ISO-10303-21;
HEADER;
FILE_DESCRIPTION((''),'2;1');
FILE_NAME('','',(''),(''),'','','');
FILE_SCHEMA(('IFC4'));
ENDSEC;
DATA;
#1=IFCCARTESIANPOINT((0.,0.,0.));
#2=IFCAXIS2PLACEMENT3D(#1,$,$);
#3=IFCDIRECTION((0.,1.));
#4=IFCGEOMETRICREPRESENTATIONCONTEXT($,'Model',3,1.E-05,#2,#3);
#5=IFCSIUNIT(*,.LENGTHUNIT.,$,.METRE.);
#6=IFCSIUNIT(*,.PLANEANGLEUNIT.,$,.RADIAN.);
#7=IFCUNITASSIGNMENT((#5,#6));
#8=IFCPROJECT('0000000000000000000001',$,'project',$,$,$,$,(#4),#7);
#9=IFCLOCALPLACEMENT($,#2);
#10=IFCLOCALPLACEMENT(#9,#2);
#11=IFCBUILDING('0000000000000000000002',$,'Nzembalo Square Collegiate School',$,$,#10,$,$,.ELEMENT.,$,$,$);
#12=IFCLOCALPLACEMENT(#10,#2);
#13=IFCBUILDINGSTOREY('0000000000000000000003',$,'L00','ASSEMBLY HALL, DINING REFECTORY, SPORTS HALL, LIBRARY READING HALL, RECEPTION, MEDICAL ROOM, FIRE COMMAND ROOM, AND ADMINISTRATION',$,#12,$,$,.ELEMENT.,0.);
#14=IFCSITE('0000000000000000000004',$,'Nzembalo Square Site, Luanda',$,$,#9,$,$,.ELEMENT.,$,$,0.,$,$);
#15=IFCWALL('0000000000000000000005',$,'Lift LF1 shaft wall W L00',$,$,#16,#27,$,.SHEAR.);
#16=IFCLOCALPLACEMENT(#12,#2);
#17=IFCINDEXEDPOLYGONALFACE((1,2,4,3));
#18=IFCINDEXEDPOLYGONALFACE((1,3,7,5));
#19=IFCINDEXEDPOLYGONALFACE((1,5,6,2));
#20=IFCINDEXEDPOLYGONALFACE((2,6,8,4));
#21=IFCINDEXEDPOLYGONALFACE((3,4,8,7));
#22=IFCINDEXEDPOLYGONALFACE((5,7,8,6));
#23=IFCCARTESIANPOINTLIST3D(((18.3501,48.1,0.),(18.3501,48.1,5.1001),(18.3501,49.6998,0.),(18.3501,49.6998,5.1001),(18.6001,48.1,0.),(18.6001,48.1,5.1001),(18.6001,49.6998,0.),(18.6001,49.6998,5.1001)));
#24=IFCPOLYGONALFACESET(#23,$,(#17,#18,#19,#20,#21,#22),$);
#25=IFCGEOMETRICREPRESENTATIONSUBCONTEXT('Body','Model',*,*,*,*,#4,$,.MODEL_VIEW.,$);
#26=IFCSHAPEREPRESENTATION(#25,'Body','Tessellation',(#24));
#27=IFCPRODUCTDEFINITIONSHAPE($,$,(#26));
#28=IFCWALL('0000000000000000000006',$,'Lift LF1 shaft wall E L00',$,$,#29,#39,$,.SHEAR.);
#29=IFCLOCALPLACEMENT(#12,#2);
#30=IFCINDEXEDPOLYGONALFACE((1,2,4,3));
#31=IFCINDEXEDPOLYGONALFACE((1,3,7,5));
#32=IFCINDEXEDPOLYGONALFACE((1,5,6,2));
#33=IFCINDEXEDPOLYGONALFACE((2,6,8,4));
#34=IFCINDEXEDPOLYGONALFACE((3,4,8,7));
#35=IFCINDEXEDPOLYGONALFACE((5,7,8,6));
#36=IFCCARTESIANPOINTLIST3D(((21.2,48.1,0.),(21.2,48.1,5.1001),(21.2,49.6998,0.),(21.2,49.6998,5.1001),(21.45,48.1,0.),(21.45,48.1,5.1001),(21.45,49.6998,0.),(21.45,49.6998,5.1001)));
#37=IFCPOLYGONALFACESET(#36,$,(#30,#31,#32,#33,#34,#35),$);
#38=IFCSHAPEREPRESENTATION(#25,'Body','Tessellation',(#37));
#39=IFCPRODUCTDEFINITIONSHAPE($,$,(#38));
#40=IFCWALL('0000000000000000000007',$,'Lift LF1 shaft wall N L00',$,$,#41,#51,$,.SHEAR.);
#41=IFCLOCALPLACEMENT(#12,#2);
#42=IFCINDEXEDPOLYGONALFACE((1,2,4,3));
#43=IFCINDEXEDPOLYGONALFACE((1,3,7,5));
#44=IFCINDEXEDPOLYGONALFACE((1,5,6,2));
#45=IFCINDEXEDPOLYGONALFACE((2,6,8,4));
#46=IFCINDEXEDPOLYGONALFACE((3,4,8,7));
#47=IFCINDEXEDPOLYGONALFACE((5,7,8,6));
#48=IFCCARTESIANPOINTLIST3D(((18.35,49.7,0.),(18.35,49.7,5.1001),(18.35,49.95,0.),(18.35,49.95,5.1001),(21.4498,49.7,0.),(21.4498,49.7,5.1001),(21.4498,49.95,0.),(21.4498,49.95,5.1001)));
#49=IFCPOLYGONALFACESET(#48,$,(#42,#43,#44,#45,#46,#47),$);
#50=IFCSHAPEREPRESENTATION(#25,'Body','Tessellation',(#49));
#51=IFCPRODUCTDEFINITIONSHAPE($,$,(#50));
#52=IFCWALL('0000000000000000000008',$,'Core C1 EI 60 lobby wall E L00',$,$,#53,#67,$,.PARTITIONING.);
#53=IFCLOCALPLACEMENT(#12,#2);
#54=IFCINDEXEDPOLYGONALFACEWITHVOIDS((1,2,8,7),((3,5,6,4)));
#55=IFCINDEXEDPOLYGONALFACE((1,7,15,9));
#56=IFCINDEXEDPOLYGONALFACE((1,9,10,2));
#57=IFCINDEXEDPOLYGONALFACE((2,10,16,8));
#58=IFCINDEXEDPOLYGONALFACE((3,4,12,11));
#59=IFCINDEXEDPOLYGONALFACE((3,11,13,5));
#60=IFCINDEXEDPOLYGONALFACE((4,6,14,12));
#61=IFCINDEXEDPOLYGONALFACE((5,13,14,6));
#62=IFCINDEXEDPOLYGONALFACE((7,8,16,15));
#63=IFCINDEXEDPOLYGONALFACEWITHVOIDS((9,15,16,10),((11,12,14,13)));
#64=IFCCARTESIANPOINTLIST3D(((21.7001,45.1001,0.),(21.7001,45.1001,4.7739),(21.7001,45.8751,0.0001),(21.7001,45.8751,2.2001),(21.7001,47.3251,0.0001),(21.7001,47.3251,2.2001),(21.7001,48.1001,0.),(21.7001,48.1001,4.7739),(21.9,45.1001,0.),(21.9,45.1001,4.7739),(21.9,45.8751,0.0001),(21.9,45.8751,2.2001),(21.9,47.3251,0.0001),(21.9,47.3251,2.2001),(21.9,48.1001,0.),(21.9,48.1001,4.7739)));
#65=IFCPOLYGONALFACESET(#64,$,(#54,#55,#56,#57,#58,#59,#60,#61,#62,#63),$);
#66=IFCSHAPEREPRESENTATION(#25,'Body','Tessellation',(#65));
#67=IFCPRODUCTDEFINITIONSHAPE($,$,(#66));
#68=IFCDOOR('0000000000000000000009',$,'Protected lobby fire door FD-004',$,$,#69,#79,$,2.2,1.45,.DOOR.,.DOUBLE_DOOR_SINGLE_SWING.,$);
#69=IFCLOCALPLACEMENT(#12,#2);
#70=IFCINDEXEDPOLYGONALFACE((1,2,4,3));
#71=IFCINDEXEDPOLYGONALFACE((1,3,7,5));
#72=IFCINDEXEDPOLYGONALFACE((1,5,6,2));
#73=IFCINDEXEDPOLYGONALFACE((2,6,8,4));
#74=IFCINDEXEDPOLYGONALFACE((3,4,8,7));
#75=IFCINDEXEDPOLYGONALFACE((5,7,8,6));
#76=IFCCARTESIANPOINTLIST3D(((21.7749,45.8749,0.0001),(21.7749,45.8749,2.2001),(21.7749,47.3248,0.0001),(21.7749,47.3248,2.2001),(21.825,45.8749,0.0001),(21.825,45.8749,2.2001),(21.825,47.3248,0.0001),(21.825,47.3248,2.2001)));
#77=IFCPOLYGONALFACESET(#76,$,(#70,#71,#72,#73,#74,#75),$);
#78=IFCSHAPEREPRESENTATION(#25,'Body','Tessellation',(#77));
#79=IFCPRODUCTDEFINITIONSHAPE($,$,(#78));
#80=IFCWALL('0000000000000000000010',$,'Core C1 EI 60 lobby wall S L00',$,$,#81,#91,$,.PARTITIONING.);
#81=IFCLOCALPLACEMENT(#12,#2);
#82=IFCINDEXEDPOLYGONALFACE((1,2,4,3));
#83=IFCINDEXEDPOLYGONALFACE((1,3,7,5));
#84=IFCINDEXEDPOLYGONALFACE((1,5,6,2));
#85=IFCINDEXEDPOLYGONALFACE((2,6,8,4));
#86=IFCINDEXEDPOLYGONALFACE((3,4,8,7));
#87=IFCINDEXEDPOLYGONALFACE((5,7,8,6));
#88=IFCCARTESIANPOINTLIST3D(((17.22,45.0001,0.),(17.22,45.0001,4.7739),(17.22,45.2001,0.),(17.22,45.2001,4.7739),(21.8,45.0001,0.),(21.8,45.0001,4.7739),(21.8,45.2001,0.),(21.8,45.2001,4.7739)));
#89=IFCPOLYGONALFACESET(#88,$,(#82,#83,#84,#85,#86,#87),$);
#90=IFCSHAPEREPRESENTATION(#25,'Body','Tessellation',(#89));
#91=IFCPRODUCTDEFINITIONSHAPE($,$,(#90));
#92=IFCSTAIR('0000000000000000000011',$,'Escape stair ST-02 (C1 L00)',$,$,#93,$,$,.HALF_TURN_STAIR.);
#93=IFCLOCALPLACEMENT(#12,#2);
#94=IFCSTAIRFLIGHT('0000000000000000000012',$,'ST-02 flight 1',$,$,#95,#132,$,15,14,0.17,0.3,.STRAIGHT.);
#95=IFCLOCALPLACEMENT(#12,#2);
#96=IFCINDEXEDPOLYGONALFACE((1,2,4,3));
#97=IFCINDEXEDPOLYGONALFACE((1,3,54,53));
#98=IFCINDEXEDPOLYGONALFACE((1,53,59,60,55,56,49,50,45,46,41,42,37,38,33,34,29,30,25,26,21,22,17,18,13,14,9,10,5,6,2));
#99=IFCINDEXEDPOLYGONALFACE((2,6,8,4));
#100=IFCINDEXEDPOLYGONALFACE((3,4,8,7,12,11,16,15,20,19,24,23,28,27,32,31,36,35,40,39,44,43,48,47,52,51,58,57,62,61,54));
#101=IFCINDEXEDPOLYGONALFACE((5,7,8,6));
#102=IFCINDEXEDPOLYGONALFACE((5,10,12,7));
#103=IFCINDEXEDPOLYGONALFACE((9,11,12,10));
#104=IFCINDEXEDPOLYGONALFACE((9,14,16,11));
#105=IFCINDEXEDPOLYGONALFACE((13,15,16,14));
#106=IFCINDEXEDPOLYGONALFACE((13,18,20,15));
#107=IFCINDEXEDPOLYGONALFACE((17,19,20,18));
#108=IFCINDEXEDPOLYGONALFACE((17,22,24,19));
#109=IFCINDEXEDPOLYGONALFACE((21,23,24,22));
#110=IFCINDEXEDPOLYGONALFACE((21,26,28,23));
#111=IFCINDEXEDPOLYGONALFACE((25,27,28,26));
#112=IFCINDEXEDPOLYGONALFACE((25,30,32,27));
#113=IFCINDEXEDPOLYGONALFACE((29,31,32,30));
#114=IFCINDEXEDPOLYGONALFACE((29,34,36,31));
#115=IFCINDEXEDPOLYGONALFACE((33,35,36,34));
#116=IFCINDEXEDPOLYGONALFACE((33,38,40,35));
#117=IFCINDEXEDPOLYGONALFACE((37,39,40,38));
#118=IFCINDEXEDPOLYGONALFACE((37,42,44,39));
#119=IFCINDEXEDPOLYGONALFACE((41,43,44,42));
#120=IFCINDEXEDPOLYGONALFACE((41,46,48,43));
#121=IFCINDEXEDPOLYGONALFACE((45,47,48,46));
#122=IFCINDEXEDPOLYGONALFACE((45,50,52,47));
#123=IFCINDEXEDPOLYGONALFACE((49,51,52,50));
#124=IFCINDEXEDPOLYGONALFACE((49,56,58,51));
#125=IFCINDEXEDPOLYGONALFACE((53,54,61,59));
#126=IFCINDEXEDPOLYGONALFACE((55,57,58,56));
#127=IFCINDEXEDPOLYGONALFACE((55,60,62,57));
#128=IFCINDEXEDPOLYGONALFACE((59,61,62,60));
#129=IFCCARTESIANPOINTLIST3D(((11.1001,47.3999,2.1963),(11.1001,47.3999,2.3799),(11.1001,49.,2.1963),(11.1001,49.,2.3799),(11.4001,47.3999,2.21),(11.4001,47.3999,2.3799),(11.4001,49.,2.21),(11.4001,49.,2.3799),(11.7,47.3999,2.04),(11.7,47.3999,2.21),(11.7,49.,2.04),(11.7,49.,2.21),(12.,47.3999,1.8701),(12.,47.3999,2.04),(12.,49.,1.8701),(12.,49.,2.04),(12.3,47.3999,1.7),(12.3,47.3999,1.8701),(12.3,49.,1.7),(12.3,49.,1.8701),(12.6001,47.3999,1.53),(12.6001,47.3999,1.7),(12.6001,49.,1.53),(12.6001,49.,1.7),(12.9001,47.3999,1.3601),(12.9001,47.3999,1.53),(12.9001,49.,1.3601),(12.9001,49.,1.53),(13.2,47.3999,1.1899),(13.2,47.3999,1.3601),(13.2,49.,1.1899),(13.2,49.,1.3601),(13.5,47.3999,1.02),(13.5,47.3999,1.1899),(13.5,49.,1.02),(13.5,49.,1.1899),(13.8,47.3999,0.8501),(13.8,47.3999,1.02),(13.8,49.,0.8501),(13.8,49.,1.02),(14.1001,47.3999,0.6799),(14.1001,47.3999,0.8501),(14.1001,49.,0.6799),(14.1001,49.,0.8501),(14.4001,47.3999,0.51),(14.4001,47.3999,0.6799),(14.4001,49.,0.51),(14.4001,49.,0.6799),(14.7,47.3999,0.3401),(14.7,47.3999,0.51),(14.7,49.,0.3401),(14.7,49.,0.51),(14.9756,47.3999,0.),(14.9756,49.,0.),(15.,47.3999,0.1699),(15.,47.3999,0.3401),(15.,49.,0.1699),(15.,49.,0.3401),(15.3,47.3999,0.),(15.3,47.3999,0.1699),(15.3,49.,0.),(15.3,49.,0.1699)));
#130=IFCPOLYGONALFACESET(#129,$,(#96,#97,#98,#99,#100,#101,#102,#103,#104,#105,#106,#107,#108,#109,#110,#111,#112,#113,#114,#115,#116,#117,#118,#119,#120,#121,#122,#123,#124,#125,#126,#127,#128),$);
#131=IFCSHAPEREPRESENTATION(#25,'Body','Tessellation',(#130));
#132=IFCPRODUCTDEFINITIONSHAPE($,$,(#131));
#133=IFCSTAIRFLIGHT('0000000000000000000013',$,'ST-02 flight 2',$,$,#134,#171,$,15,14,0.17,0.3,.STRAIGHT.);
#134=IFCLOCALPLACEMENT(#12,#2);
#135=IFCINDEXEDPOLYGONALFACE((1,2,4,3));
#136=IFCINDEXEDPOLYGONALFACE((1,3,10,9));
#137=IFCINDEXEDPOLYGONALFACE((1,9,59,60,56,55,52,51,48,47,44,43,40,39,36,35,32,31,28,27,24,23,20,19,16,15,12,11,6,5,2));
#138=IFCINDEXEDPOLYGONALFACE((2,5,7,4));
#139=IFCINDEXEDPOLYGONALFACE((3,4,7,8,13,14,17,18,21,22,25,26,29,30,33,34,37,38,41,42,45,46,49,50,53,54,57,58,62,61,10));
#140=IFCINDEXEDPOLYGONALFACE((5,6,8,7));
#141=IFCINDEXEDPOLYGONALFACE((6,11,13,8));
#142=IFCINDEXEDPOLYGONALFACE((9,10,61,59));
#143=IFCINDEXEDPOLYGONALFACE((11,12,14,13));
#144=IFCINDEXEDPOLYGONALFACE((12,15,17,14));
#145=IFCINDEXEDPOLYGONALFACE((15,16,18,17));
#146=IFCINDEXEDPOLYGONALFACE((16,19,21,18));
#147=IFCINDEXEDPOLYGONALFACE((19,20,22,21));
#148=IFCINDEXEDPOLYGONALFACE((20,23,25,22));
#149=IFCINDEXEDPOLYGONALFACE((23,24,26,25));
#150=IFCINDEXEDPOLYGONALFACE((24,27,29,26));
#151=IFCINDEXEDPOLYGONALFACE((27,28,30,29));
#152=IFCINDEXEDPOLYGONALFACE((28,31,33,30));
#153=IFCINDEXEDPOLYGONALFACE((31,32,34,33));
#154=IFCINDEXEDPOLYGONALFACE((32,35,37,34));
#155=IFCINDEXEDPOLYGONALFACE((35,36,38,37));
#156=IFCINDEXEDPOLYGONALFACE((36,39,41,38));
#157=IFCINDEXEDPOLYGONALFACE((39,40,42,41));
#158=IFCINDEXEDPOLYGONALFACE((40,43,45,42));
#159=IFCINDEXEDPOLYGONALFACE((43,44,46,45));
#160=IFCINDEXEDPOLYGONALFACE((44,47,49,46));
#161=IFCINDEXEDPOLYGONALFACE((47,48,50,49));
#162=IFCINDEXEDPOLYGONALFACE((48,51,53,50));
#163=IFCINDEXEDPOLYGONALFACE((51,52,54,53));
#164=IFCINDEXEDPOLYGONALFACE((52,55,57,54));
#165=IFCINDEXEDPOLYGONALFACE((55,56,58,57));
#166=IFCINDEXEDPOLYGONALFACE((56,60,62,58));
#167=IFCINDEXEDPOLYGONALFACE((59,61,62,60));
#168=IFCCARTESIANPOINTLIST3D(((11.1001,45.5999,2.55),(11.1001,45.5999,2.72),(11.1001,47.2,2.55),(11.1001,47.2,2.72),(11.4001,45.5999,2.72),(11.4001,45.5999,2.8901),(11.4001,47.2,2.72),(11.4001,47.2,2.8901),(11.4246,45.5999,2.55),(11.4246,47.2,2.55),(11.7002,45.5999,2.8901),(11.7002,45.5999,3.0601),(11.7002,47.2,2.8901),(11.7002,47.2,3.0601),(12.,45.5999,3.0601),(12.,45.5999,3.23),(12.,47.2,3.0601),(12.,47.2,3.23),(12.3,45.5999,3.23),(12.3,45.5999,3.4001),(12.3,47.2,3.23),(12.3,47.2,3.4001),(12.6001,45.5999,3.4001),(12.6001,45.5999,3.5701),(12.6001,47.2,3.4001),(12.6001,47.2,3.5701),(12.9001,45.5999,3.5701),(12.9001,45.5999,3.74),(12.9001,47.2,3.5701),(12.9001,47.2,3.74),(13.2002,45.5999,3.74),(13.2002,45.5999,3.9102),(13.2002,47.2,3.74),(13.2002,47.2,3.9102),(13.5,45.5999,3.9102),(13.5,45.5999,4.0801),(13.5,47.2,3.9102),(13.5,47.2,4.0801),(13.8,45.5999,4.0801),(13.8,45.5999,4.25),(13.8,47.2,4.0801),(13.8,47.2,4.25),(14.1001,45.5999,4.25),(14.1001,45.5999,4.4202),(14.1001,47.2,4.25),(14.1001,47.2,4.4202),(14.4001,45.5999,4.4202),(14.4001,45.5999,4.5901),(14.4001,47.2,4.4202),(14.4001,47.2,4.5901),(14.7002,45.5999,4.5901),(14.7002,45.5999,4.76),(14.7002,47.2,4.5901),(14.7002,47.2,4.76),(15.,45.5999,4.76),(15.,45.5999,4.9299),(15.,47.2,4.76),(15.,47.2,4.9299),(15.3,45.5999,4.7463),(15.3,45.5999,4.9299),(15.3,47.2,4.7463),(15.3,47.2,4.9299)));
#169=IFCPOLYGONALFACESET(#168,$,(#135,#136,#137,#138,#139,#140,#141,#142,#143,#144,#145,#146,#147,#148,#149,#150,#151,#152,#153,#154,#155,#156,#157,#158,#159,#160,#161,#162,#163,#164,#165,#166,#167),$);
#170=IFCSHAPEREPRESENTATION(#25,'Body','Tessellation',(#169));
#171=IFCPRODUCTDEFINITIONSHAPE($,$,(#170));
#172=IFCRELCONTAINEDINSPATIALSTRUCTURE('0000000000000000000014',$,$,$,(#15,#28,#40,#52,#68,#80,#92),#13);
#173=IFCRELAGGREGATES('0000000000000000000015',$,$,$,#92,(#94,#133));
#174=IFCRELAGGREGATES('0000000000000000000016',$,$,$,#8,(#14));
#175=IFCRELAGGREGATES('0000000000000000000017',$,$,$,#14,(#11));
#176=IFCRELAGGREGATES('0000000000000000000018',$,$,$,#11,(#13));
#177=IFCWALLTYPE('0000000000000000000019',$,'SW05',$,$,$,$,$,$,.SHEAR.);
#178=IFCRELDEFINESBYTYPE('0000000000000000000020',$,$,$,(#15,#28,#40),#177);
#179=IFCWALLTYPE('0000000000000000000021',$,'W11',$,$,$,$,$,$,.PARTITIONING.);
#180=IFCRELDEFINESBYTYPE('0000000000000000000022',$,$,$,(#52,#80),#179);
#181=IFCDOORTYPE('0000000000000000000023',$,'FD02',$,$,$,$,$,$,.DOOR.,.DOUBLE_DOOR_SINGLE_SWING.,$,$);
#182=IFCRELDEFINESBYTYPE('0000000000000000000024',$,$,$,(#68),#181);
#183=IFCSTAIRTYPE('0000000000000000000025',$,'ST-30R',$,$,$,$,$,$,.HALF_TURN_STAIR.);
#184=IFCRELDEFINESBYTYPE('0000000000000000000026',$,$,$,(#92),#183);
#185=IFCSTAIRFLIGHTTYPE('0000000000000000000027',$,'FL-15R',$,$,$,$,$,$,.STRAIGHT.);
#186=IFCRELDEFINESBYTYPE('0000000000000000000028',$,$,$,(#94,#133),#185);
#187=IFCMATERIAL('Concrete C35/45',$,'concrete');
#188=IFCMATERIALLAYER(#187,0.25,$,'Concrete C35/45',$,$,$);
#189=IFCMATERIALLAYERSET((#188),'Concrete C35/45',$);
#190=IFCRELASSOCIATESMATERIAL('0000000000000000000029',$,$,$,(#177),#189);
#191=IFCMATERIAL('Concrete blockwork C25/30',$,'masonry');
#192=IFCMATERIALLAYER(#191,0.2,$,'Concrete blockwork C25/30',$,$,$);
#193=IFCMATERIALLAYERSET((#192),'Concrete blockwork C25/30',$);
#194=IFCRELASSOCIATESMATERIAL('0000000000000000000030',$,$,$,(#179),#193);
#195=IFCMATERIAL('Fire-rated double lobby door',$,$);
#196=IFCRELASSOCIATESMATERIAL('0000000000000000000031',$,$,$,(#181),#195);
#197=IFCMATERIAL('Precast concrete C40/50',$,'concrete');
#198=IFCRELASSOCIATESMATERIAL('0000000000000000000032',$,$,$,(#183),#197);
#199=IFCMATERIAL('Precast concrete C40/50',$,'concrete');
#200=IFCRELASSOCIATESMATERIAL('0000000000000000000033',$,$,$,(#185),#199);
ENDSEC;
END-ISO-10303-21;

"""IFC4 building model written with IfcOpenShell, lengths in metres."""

from ifc_helpers import new_model, si_unit, direction, frame, frame_2d, origin, place, context, subcontext, project, spatial, polyline, rectangle, outline, extrude, material, layer, layer_set, type_object, element, fill, aggregate, save


model = new_model("IFC4")

# Units and contexts
model_context = context("Model", 3, precision=1e-05, world=origin(), true_north=direction((0.0, 1.0)))
body_context = subcontext(model_context, "Body", "Model", "MODEL_VIEW")
ifc_project = project(units=[si_unit("LENGTHUNIT", "METRE"), si_unit("PLANEANGLEUNIT", "RADIAN")], contexts=[model_context])

# Site, building, storey
site_placement = place(None, origin())
site = spatial("IfcSite", under=ifc_project, at=site_placement, Name="Nzembalo Square Site, Luanda", CompositionType="ELEMENT", RefElevation=0.0)
building_placement = place(site_placement, origin())
building = spatial("IfcBuilding", under=site, at=building_placement, Name="Nzembalo Square Collegiate School", CompositionType="ELEMENT")
storey_placement = place(building_placement, origin())
storey = spatial("IfcBuildingStorey", under=building, at=storey_placement, Name="L00", Description="ASSEMBLY HALL, DINING REFECTORY, SPORTS HALL, LIBRARY READING HALL, RECEPTION, MEDICAL ROOM, FIRE COMMAND ROOM, AND ADMINISTRATION", CompositionType="ELEMENT", Elevation=0.0)

# Walls
ifc_material_1 = material(Name="Concrete C35/45", Category="concrete")
ifc_layer_1 = layer(ifc_material_1, 0.25, Name="Concrete C35/45")
ifc_layer_set_1 = layer_set([ifc_layer_1], Name="Concrete C35/45")
wall_type_1 = type_object("IfcWallType", Name="SW05", PredefinedType="SHEAR", material=ifc_layer_set_1)
for number, where, z_axis, x_axis, name in (
    (1, (18.4751, 48.1001, 0.0), (0.0, 0.0, 1.0), (0.0, 1.0, 0.0), "Lift LF1 shaft wall W L00"),
    (2, (21.325, 48.1001, 0.0), (0.0, 0.0, 1.0), (0.0, 1.0, 0.0), "Lift LF1 shaft wall E L00"),
):
    element("IfcWall", number, at=place(storey_placement, frame(where, z_axis=z_axis, x_axis=x_axis)), inside=storey, type_object=wall_type_1, Name=name, PredefinedType="SHEAR", context=body_context, shape_type="SweptSolid", body=[
        extrude(rectangle(XDim=1.5999, YDim=0.25, at=frame_2d((0.7998, 0.0))), origin(), (0.0, 0.0, 1.0), 5.1001),
    ])
wall_1_placement = place(storey_placement, frame((18.3501, 49.825, 0.0), z_axis=(0.0, 0.0, 1.0), x_axis=(1.0, 0.0, 0.0)))
element("IfcWall", 3, at=wall_1_placement, inside=storey, type_object=wall_type_1, Name="Lift LF1 shaft wall N L00", PredefinedType="SHEAR", context=body_context, shape_type="SweptSolid", body=[
    extrude(rectangle(XDim=3.0999, YDim=0.25, at=frame_2d((1.5498, 0.0))), origin(), (0.0, 0.0, 1.0), 5.1001),
])

# Wall, opening, door
ifc_material_2 = material(Name="Concrete blockwork C25/30", Category="masonry")
ifc_layer_2 = layer(ifc_material_2, 0.2, Name="Concrete blockwork C25/30")
ifc_layer_set_2 = layer_set([ifc_layer_2], Name="Concrete blockwork C25/30")
wall_type_2 = type_object("IfcWallType", Name="W11", PredefinedType="PARTITIONING", material=ifc_layer_set_2)
wall_2_placement = place(storey_placement, frame((21.8, 45.1001, 0.0), z_axis=(0.0, 0.0, 1.0), x_axis=(0.0, 1.0, 0.0)))
wall_2 = element("IfcWall", 4, at=wall_2_placement, inside=storey, type_object=wall_type_2, Name="Core C1 EI 60 lobby wall E L00", PredefinedType="PARTITIONING", context=body_context, shape_type="SweptSolid", body=[
    extrude(rectangle(XDim=3.0, YDim=0.2, at=frame_2d((1.5, 0.0))), origin(), (0.0, 0.0, 1.0), 4.7739),
])
opening_1_placement = place(wall_2_placement, frame((0.7749, 0.0, 0.0)))
opening_1 = element("IfcOpeningElement", 5, at=opening_1_placement, cuts=wall_2, PredefinedType="OPENING", context=body_context, shape_type="SweptSolid", body=[
    extrude(rectangle(XDim=1.45, YDim=2.2, at=frame_2d((0.7251, 1.1001))), frame((0.0, 0.1099, 0.0), z_axis=(0.0, -1.0, 0.0), x_axis=(1.0, 0.0, 0.0)), (0.0, 0.0, 1.0), 0.22),
])
ifc_material_3 = material(Name="Fire-rated double lobby door")
door_type_1 = type_object("IfcDoorType", Name="FD02", OperationType="DOUBLE_DOOR_SINGLE_SWING", PredefinedType="DOOR", material=ifc_material_3)
door_1_placement = place(opening_1_placement, frame((1.45, 0.0, 0.0), z_axis=(0.0, 0.0, 1.0), x_axis=(-1.0, 0.0, 0.0)))
door_1 = element("IfcDoor", 6, at=door_1_placement, inside=storey, type_object=door_type_1, Name="Protected lobby fire door FD-004", OperationType="DOUBLE_DOOR_SINGLE_SWING", OverallHeight=2.2, OverallWidth=1.45, PredefinedType="DOOR", context=body_context, shape_type="SweptSolid", body=[
    extrude(rectangle(XDim=1.45, YDim=2.2, at=frame_2d((0.7251, 1.1001))), frame((0.0, 0.0249, 0.0), z_axis=(0.0, -1.0, 0.0), x_axis=(1.0, 0.0, 0.0)), (0.0, 0.0, 1.0), 0.05),
])
fill(opening_1, door_1)

# Wall
wall_3_placement = place(storey_placement, frame((17.22, 45.1001, 0.0), z_axis=(0.0, 0.0, 1.0), x_axis=(1.0, 0.0, 0.0)))
element("IfcWall", 7, at=wall_3_placement, inside=storey, type_object=wall_type_2, Name="Core C1 EI 60 lobby wall S L00", PredefinedType="PARTITIONING", context=body_context, shape_type="SweptSolid", body=[
    extrude(rectangle(XDim=4.5801, YDim=0.2, at=frame_2d((2.29, 0.0))), origin(), (0.0, 0.0, 1.0), 4.7739),
])

# Stair, stair flights
ifc_material_4 = material(Name="Precast concrete C40/50", Category="concrete")
stair_type = type_object("IfcStairType", Name="ST-30R", PredefinedType="HALF_TURN_STAIR", material=ifc_material_4)
stair_placement = place(storey_placement, origin())
stair = element("IfcStair", 8, at=stair_placement, inside=storey, type_object=stair_type, Name="Escape stair ST-02 (C1 L00)", PredefinedType="HALF_TURN_STAIR")
ifc_material_5 = material(Name="Precast concrete C40/50", Category="concrete")
stair_flight_type = type_object("IfcStairFlightType", Name="FL-15R", PredefinedType="STRAIGHT", material=ifc_material_5)
stair_flight_1_placement = place(storey_placement, frame((15.3, 48.2, 0.0), z_axis=(0.0, 0.0, 1.0), x_axis=(-1.0, 0.0, 0.0)))
stair_flight_1 = element("IfcStairFlight", 9, at=stair_flight_1_placement, type_object=stair_flight_type, Name="ST-02 flight 1", NumberOfRisers=15, NumberOfTreads=14, PredefinedType="STRAIGHT", RiserHeight=0.17, TreadLength=0.3, context=body_context, shape_type="SweptSolid", body=[
    extrude(outline(polyline([(0.0, 0.0), (0.0, 0.1699), (0.3, 0.1699), (0.3, 0.3401), (0.6001, 0.3401), (0.6001, 0.51), (0.8999, 0.51), (0.8999, 0.6799), (1.2, 0.6799), (1.2, 0.8501), (1.5, 0.8501), (1.5, 1.02), (1.8, 1.02), (1.8, 1.1899), (2.1001, 1.1899), (2.1001, 1.3601), (2.3999, 1.3601), (2.3999, 1.53), (2.7, 1.53), (2.7, 1.7), (3.0, 1.7), (3.0, 1.8701), (3.3, 1.8701), (3.3, 2.04), (3.6001, 2.04), (3.6001, 2.21), (3.8999, 2.21), (3.8999, 2.3799), (4.2, 2.3799), (4.2, 2.55), (4.2, 2.1963), (0.3245, 0.0), (0.0, 0.0)])), frame((0.0, 0.8, 0.0), z_axis=(0.0, -1.0, 0.0), x_axis=(1.0, 0.0, 0.0)), (0.0, 0.0, 1.0), 1.6001),
])
stair_flight_2_placement = place(storey_placement, frame((11.1001, 46.3999, 2.55), z_axis=(0.0, 0.0, 1.0), x_axis=(1.0, 0.0, 0.0)))
stair_flight_2 = element("IfcStairFlight", 10, at=stair_flight_2_placement, type_object=stair_flight_type, Name="ST-02 flight 2", NumberOfRisers=15, NumberOfTreads=14, PredefinedType="STRAIGHT", RiserHeight=0.17, TreadLength=0.3, context=body_context, shape_type="SweptSolid", body=[
    extrude(outline(polyline([(0.0, 0.0), (0.0, 0.1699), (0.3, 0.1699), (0.3, 0.3401), (0.6001, 0.3401), (0.6001, 0.51), (0.8999, 0.51), (0.8999, 0.6799), (1.2, 0.6799), (1.2, 0.8501), (1.5, 0.8501), (1.5, 1.02), (1.8, 1.02), (1.8, 1.1899), (2.1001, 1.1899), (2.1001, 1.3601), (2.3999, 1.3601), (2.3999, 1.53), (2.7, 1.53), (2.7, 1.7), (3.0, 1.7), (3.0, 1.8701), (3.3, 1.8701), (3.3, 2.04), (3.6001, 2.04), (3.6001, 2.21), (3.8999, 2.21), (3.8999, 2.3799), (4.2, 2.3799), (4.2, 2.55), (4.2, 2.1963), (0.3245, 0.0), (0.0, 0.0)])), frame((0.0, 0.8, 0.0), z_axis=(0.0, -1.0, 0.0), x_axis=(1.0, 0.0, 0.0)), (0.0, 0.0, 1.0), 1.6001),
])
aggregate(stair, [stair_flight_1, stair_flight_2])

save(model, "model.ifc")
